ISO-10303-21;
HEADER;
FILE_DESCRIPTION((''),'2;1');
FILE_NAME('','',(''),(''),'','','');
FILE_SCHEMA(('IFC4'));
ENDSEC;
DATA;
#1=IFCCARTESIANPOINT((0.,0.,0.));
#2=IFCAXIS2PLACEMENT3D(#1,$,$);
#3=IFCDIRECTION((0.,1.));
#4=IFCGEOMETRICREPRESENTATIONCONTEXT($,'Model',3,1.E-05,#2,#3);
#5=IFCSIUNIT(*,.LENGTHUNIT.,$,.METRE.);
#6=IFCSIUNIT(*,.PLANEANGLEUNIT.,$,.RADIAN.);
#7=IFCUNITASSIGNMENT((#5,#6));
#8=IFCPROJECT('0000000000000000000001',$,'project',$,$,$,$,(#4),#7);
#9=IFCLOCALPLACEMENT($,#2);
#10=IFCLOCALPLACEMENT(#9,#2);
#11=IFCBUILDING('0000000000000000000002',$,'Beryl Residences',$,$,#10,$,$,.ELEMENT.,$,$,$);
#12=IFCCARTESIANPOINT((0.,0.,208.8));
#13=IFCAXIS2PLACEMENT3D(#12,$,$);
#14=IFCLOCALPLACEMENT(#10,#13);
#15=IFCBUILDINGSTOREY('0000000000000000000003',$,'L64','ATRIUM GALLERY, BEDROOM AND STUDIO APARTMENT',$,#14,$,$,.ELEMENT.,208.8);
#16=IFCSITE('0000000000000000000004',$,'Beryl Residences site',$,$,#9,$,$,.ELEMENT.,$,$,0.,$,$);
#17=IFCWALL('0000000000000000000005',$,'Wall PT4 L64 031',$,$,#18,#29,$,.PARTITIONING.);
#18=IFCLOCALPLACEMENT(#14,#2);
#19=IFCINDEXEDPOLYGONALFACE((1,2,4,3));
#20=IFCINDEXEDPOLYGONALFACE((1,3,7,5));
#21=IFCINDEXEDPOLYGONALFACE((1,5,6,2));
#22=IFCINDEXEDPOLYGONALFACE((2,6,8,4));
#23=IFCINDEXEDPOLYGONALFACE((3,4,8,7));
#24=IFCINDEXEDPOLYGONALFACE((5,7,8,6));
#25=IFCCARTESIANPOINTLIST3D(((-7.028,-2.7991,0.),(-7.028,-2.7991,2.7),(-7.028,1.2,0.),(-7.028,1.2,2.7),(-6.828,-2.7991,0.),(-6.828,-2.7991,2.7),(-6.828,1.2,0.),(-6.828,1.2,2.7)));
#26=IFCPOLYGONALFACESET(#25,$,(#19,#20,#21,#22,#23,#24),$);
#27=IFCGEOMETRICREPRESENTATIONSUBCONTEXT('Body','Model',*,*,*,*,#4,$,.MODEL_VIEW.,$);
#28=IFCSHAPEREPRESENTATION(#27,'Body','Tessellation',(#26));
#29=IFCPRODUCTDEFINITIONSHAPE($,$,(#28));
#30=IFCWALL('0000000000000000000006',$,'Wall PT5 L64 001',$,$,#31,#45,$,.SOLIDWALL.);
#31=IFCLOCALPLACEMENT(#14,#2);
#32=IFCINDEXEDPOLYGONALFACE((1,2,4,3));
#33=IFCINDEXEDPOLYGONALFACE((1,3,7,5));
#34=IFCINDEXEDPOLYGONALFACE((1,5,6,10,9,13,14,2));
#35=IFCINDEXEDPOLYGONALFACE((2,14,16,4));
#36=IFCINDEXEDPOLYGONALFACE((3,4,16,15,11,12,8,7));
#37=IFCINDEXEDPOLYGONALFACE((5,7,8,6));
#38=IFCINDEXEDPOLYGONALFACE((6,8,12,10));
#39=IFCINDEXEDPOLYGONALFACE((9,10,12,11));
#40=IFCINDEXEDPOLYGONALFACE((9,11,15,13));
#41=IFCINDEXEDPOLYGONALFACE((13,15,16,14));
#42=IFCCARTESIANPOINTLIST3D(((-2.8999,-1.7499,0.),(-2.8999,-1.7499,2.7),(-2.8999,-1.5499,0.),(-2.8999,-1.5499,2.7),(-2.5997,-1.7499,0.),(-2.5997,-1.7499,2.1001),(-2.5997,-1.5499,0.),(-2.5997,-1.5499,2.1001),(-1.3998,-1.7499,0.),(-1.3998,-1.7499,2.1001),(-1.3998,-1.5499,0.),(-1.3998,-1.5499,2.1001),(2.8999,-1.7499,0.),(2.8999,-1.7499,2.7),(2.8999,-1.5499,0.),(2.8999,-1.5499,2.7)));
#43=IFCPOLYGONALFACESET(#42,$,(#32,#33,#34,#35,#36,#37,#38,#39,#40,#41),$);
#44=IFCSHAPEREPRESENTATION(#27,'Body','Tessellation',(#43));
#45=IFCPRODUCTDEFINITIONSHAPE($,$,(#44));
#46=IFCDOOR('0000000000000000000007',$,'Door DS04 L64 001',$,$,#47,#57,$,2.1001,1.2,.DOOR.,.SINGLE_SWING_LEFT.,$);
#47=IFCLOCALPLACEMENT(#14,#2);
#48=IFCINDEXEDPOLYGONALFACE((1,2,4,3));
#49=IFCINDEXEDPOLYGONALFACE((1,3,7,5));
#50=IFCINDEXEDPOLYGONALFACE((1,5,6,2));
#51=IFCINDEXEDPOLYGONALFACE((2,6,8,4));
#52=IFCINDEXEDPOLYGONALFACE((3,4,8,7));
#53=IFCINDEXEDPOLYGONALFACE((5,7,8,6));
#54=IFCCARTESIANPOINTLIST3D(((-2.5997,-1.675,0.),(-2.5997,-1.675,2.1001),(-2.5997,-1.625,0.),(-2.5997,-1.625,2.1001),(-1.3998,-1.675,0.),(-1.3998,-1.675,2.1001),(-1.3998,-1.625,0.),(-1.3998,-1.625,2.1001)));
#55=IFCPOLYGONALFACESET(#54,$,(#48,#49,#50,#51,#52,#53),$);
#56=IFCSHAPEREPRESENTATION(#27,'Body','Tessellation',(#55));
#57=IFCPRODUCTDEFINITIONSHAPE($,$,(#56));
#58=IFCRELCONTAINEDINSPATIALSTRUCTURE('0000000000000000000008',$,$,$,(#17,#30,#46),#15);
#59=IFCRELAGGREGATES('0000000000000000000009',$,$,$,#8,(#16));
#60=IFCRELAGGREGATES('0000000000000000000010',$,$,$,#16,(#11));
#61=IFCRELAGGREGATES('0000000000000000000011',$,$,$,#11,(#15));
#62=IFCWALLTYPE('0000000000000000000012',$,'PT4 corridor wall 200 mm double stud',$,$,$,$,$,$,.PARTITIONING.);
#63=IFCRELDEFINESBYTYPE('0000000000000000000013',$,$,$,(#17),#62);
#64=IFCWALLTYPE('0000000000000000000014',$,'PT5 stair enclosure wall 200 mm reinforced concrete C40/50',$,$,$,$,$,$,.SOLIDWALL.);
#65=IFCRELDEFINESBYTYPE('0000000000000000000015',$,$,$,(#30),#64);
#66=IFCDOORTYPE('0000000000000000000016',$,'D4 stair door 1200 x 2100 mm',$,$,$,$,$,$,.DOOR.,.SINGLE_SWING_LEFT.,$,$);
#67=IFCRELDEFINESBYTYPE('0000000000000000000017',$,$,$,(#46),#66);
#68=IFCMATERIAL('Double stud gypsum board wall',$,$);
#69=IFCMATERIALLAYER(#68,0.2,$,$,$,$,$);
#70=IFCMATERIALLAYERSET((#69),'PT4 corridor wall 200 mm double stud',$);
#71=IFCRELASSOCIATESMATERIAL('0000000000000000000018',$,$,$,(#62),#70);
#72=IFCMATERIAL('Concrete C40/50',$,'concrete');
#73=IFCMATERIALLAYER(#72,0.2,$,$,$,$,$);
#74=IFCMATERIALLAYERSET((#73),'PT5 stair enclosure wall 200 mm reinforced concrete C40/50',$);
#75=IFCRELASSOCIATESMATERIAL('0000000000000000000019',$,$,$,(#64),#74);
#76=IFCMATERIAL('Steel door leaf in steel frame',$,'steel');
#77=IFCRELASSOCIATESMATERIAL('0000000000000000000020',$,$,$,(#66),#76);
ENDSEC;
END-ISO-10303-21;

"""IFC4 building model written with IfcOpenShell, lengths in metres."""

from ifc_helpers import new_model, si_unit, direction, frame, frame_2d, origin, place, context, subcontext, project, spatial, rectangle, extrude, material, layer, layer_set, type_object, element, fill, save


model = new_model("IFC4")

# Units and contexts
model_context = context("Model", 3, precision=1e-05, world=origin(), true_north=direction((0.0, 1.0)))
body_context = subcontext(model_context, "Body", "Model", "MODEL_VIEW")
ifc_project = project(units=[si_unit("LENGTHUNIT", "METRE"), si_unit("PLANEANGLEUNIT", "RADIAN")], contexts=[model_context])

# Site, building, storey
site_placement = place(None, origin())
site = spatial("IfcSite", under=ifc_project, at=site_placement, Name="Beryl Residences site", CompositionType="ELEMENT", RefElevation=0.0)
building_placement = place(site_placement, origin())
building = spatial("IfcBuilding", under=site, at=building_placement, Name="Beryl Residences", CompositionType="ELEMENT")
storey_placement = place(building_placement, frame((0.0, 0.0, 208.8)))
storey = spatial("IfcBuildingStorey", under=building, at=storey_placement, Name="L64", Description="ATRIUM GALLERY, BEDROOM AND STUDIO APARTMENT", CompositionType="ELEMENT", Elevation=208.8)

# Shared definitions
ifc_material_1 = material(Name="Double stud gypsum board wall")
ifc_layer_1 = layer(ifc_material_1, 0.2)
ifc_layer_set_1 = layer_set([ifc_layer_1], Name="PT4 corridor wall 200 mm double stud")
wall_type_1 = type_object("IfcWallType", Name="PT4 corridor wall 200 mm double stud", PredefinedType="PARTITIONING", material=ifc_layer_set_1)

# Wall
wall_1_placement = place(storey_placement, frame((-6.928, -2.7991, 0.0), z_axis=(0.0, 0.0, 1.0), x_axis=(0.0, 1.0, 0.0)))
element("IfcWall", 1, at=wall_1_placement, inside=storey, type_object=wall_type_1, Name="Wall PT4 L64 031", PredefinedType="PARTITIONING", context=body_context, shape_type="SweptSolid", body=[
    extrude(rectangle(XDim=3.999, YDim=0.2, at=frame_2d((1.9995, 0.0))), origin(), (0.0, 0.0, 1.0), 2.7),
])

# Wall, opening, door
ifc_material_2 = material(Name="Concrete C40/50", Category="concrete")
ifc_layer_2 = layer(ifc_material_2, 0.2)
ifc_layer_set_2 = layer_set([ifc_layer_2], Name="PT5 stair enclosure wall 200 mm reinforced concrete C40/50")
wall_type_2 = type_object("IfcWallType", Name="PT5 stair enclosure wall 200 mm reinforced concrete C40/50", PredefinedType="SOLIDWALL", material=ifc_layer_set_2)
wall_2_placement = place(storey_placement, frame((-2.8999, -1.6499, 0.0), z_axis=(0.0, 0.0, 1.0), x_axis=(1.0, 0.0, 0.0)))
wall_2 = element("IfcWall", 2, at=wall_2_placement, inside=storey, type_object=wall_type_2, Name="Wall PT5 L64 001", PredefinedType="SOLIDWALL", context=body_context, shape_type="SweptSolid", body=[
    extrude(rectangle(XDim=5.7998, YDim=0.2, at=frame_2d((2.8999, 0.0))), origin(), (0.0, 0.0, 1.0), 2.7),
])
opening_1_placement = place(wall_2_placement, frame((0.3, 0.0, 0.0)))
opening_1 = element("IfcOpeningElement", 3, at=opening_1_placement, cuts=wall_2, PredefinedType="OPENING", context=body_context, shape_type="SweptSolid", body=[
    extrude(rectangle(XDim=1.2, YDim=2.1001, at=frame_2d((0.6001, 1.05))), frame((0.0, 0.1099, 0.0), z_axis=(0.0, -1.0, 0.0), x_axis=(1.0, 0.0, 0.0)), (0.0, 0.0, 1.0), 0.22),
])
ifc_material_3 = material(Name="Steel door leaf in steel frame", Category="steel")
door_type_1 = type_object("IfcDoorType", Name="D4 stair door 1200 x 2100 mm", OperationType="SINGLE_SWING_LEFT", PredefinedType="DOOR", material=ifc_material_3)
door_1_placement = place(opening_1_placement, origin())
door_1 = element("IfcDoor", 4, at=door_1_placement, inside=storey, type_object=door_type_1, Name="Door DS04 L64 001", OperationType="SINGLE_SWING_LEFT", OverallHeight=2.1001, OverallWidth=1.2, PredefinedType="DOOR", context=body_context, shape_type="SweptSolid", body=[
    extrude(rectangle(XDim=1.2, YDim=2.1001, at=frame_2d((0.6001, 1.05))), frame((0.0, 0.0249, 0.0), z_axis=(0.0, -1.0, 0.0), x_axis=(1.0, 0.0, 0.0)), (0.0, 0.0, 1.0), 0.05),
])
fill(opening_1, door_1)

save(model, "model.ifc")
